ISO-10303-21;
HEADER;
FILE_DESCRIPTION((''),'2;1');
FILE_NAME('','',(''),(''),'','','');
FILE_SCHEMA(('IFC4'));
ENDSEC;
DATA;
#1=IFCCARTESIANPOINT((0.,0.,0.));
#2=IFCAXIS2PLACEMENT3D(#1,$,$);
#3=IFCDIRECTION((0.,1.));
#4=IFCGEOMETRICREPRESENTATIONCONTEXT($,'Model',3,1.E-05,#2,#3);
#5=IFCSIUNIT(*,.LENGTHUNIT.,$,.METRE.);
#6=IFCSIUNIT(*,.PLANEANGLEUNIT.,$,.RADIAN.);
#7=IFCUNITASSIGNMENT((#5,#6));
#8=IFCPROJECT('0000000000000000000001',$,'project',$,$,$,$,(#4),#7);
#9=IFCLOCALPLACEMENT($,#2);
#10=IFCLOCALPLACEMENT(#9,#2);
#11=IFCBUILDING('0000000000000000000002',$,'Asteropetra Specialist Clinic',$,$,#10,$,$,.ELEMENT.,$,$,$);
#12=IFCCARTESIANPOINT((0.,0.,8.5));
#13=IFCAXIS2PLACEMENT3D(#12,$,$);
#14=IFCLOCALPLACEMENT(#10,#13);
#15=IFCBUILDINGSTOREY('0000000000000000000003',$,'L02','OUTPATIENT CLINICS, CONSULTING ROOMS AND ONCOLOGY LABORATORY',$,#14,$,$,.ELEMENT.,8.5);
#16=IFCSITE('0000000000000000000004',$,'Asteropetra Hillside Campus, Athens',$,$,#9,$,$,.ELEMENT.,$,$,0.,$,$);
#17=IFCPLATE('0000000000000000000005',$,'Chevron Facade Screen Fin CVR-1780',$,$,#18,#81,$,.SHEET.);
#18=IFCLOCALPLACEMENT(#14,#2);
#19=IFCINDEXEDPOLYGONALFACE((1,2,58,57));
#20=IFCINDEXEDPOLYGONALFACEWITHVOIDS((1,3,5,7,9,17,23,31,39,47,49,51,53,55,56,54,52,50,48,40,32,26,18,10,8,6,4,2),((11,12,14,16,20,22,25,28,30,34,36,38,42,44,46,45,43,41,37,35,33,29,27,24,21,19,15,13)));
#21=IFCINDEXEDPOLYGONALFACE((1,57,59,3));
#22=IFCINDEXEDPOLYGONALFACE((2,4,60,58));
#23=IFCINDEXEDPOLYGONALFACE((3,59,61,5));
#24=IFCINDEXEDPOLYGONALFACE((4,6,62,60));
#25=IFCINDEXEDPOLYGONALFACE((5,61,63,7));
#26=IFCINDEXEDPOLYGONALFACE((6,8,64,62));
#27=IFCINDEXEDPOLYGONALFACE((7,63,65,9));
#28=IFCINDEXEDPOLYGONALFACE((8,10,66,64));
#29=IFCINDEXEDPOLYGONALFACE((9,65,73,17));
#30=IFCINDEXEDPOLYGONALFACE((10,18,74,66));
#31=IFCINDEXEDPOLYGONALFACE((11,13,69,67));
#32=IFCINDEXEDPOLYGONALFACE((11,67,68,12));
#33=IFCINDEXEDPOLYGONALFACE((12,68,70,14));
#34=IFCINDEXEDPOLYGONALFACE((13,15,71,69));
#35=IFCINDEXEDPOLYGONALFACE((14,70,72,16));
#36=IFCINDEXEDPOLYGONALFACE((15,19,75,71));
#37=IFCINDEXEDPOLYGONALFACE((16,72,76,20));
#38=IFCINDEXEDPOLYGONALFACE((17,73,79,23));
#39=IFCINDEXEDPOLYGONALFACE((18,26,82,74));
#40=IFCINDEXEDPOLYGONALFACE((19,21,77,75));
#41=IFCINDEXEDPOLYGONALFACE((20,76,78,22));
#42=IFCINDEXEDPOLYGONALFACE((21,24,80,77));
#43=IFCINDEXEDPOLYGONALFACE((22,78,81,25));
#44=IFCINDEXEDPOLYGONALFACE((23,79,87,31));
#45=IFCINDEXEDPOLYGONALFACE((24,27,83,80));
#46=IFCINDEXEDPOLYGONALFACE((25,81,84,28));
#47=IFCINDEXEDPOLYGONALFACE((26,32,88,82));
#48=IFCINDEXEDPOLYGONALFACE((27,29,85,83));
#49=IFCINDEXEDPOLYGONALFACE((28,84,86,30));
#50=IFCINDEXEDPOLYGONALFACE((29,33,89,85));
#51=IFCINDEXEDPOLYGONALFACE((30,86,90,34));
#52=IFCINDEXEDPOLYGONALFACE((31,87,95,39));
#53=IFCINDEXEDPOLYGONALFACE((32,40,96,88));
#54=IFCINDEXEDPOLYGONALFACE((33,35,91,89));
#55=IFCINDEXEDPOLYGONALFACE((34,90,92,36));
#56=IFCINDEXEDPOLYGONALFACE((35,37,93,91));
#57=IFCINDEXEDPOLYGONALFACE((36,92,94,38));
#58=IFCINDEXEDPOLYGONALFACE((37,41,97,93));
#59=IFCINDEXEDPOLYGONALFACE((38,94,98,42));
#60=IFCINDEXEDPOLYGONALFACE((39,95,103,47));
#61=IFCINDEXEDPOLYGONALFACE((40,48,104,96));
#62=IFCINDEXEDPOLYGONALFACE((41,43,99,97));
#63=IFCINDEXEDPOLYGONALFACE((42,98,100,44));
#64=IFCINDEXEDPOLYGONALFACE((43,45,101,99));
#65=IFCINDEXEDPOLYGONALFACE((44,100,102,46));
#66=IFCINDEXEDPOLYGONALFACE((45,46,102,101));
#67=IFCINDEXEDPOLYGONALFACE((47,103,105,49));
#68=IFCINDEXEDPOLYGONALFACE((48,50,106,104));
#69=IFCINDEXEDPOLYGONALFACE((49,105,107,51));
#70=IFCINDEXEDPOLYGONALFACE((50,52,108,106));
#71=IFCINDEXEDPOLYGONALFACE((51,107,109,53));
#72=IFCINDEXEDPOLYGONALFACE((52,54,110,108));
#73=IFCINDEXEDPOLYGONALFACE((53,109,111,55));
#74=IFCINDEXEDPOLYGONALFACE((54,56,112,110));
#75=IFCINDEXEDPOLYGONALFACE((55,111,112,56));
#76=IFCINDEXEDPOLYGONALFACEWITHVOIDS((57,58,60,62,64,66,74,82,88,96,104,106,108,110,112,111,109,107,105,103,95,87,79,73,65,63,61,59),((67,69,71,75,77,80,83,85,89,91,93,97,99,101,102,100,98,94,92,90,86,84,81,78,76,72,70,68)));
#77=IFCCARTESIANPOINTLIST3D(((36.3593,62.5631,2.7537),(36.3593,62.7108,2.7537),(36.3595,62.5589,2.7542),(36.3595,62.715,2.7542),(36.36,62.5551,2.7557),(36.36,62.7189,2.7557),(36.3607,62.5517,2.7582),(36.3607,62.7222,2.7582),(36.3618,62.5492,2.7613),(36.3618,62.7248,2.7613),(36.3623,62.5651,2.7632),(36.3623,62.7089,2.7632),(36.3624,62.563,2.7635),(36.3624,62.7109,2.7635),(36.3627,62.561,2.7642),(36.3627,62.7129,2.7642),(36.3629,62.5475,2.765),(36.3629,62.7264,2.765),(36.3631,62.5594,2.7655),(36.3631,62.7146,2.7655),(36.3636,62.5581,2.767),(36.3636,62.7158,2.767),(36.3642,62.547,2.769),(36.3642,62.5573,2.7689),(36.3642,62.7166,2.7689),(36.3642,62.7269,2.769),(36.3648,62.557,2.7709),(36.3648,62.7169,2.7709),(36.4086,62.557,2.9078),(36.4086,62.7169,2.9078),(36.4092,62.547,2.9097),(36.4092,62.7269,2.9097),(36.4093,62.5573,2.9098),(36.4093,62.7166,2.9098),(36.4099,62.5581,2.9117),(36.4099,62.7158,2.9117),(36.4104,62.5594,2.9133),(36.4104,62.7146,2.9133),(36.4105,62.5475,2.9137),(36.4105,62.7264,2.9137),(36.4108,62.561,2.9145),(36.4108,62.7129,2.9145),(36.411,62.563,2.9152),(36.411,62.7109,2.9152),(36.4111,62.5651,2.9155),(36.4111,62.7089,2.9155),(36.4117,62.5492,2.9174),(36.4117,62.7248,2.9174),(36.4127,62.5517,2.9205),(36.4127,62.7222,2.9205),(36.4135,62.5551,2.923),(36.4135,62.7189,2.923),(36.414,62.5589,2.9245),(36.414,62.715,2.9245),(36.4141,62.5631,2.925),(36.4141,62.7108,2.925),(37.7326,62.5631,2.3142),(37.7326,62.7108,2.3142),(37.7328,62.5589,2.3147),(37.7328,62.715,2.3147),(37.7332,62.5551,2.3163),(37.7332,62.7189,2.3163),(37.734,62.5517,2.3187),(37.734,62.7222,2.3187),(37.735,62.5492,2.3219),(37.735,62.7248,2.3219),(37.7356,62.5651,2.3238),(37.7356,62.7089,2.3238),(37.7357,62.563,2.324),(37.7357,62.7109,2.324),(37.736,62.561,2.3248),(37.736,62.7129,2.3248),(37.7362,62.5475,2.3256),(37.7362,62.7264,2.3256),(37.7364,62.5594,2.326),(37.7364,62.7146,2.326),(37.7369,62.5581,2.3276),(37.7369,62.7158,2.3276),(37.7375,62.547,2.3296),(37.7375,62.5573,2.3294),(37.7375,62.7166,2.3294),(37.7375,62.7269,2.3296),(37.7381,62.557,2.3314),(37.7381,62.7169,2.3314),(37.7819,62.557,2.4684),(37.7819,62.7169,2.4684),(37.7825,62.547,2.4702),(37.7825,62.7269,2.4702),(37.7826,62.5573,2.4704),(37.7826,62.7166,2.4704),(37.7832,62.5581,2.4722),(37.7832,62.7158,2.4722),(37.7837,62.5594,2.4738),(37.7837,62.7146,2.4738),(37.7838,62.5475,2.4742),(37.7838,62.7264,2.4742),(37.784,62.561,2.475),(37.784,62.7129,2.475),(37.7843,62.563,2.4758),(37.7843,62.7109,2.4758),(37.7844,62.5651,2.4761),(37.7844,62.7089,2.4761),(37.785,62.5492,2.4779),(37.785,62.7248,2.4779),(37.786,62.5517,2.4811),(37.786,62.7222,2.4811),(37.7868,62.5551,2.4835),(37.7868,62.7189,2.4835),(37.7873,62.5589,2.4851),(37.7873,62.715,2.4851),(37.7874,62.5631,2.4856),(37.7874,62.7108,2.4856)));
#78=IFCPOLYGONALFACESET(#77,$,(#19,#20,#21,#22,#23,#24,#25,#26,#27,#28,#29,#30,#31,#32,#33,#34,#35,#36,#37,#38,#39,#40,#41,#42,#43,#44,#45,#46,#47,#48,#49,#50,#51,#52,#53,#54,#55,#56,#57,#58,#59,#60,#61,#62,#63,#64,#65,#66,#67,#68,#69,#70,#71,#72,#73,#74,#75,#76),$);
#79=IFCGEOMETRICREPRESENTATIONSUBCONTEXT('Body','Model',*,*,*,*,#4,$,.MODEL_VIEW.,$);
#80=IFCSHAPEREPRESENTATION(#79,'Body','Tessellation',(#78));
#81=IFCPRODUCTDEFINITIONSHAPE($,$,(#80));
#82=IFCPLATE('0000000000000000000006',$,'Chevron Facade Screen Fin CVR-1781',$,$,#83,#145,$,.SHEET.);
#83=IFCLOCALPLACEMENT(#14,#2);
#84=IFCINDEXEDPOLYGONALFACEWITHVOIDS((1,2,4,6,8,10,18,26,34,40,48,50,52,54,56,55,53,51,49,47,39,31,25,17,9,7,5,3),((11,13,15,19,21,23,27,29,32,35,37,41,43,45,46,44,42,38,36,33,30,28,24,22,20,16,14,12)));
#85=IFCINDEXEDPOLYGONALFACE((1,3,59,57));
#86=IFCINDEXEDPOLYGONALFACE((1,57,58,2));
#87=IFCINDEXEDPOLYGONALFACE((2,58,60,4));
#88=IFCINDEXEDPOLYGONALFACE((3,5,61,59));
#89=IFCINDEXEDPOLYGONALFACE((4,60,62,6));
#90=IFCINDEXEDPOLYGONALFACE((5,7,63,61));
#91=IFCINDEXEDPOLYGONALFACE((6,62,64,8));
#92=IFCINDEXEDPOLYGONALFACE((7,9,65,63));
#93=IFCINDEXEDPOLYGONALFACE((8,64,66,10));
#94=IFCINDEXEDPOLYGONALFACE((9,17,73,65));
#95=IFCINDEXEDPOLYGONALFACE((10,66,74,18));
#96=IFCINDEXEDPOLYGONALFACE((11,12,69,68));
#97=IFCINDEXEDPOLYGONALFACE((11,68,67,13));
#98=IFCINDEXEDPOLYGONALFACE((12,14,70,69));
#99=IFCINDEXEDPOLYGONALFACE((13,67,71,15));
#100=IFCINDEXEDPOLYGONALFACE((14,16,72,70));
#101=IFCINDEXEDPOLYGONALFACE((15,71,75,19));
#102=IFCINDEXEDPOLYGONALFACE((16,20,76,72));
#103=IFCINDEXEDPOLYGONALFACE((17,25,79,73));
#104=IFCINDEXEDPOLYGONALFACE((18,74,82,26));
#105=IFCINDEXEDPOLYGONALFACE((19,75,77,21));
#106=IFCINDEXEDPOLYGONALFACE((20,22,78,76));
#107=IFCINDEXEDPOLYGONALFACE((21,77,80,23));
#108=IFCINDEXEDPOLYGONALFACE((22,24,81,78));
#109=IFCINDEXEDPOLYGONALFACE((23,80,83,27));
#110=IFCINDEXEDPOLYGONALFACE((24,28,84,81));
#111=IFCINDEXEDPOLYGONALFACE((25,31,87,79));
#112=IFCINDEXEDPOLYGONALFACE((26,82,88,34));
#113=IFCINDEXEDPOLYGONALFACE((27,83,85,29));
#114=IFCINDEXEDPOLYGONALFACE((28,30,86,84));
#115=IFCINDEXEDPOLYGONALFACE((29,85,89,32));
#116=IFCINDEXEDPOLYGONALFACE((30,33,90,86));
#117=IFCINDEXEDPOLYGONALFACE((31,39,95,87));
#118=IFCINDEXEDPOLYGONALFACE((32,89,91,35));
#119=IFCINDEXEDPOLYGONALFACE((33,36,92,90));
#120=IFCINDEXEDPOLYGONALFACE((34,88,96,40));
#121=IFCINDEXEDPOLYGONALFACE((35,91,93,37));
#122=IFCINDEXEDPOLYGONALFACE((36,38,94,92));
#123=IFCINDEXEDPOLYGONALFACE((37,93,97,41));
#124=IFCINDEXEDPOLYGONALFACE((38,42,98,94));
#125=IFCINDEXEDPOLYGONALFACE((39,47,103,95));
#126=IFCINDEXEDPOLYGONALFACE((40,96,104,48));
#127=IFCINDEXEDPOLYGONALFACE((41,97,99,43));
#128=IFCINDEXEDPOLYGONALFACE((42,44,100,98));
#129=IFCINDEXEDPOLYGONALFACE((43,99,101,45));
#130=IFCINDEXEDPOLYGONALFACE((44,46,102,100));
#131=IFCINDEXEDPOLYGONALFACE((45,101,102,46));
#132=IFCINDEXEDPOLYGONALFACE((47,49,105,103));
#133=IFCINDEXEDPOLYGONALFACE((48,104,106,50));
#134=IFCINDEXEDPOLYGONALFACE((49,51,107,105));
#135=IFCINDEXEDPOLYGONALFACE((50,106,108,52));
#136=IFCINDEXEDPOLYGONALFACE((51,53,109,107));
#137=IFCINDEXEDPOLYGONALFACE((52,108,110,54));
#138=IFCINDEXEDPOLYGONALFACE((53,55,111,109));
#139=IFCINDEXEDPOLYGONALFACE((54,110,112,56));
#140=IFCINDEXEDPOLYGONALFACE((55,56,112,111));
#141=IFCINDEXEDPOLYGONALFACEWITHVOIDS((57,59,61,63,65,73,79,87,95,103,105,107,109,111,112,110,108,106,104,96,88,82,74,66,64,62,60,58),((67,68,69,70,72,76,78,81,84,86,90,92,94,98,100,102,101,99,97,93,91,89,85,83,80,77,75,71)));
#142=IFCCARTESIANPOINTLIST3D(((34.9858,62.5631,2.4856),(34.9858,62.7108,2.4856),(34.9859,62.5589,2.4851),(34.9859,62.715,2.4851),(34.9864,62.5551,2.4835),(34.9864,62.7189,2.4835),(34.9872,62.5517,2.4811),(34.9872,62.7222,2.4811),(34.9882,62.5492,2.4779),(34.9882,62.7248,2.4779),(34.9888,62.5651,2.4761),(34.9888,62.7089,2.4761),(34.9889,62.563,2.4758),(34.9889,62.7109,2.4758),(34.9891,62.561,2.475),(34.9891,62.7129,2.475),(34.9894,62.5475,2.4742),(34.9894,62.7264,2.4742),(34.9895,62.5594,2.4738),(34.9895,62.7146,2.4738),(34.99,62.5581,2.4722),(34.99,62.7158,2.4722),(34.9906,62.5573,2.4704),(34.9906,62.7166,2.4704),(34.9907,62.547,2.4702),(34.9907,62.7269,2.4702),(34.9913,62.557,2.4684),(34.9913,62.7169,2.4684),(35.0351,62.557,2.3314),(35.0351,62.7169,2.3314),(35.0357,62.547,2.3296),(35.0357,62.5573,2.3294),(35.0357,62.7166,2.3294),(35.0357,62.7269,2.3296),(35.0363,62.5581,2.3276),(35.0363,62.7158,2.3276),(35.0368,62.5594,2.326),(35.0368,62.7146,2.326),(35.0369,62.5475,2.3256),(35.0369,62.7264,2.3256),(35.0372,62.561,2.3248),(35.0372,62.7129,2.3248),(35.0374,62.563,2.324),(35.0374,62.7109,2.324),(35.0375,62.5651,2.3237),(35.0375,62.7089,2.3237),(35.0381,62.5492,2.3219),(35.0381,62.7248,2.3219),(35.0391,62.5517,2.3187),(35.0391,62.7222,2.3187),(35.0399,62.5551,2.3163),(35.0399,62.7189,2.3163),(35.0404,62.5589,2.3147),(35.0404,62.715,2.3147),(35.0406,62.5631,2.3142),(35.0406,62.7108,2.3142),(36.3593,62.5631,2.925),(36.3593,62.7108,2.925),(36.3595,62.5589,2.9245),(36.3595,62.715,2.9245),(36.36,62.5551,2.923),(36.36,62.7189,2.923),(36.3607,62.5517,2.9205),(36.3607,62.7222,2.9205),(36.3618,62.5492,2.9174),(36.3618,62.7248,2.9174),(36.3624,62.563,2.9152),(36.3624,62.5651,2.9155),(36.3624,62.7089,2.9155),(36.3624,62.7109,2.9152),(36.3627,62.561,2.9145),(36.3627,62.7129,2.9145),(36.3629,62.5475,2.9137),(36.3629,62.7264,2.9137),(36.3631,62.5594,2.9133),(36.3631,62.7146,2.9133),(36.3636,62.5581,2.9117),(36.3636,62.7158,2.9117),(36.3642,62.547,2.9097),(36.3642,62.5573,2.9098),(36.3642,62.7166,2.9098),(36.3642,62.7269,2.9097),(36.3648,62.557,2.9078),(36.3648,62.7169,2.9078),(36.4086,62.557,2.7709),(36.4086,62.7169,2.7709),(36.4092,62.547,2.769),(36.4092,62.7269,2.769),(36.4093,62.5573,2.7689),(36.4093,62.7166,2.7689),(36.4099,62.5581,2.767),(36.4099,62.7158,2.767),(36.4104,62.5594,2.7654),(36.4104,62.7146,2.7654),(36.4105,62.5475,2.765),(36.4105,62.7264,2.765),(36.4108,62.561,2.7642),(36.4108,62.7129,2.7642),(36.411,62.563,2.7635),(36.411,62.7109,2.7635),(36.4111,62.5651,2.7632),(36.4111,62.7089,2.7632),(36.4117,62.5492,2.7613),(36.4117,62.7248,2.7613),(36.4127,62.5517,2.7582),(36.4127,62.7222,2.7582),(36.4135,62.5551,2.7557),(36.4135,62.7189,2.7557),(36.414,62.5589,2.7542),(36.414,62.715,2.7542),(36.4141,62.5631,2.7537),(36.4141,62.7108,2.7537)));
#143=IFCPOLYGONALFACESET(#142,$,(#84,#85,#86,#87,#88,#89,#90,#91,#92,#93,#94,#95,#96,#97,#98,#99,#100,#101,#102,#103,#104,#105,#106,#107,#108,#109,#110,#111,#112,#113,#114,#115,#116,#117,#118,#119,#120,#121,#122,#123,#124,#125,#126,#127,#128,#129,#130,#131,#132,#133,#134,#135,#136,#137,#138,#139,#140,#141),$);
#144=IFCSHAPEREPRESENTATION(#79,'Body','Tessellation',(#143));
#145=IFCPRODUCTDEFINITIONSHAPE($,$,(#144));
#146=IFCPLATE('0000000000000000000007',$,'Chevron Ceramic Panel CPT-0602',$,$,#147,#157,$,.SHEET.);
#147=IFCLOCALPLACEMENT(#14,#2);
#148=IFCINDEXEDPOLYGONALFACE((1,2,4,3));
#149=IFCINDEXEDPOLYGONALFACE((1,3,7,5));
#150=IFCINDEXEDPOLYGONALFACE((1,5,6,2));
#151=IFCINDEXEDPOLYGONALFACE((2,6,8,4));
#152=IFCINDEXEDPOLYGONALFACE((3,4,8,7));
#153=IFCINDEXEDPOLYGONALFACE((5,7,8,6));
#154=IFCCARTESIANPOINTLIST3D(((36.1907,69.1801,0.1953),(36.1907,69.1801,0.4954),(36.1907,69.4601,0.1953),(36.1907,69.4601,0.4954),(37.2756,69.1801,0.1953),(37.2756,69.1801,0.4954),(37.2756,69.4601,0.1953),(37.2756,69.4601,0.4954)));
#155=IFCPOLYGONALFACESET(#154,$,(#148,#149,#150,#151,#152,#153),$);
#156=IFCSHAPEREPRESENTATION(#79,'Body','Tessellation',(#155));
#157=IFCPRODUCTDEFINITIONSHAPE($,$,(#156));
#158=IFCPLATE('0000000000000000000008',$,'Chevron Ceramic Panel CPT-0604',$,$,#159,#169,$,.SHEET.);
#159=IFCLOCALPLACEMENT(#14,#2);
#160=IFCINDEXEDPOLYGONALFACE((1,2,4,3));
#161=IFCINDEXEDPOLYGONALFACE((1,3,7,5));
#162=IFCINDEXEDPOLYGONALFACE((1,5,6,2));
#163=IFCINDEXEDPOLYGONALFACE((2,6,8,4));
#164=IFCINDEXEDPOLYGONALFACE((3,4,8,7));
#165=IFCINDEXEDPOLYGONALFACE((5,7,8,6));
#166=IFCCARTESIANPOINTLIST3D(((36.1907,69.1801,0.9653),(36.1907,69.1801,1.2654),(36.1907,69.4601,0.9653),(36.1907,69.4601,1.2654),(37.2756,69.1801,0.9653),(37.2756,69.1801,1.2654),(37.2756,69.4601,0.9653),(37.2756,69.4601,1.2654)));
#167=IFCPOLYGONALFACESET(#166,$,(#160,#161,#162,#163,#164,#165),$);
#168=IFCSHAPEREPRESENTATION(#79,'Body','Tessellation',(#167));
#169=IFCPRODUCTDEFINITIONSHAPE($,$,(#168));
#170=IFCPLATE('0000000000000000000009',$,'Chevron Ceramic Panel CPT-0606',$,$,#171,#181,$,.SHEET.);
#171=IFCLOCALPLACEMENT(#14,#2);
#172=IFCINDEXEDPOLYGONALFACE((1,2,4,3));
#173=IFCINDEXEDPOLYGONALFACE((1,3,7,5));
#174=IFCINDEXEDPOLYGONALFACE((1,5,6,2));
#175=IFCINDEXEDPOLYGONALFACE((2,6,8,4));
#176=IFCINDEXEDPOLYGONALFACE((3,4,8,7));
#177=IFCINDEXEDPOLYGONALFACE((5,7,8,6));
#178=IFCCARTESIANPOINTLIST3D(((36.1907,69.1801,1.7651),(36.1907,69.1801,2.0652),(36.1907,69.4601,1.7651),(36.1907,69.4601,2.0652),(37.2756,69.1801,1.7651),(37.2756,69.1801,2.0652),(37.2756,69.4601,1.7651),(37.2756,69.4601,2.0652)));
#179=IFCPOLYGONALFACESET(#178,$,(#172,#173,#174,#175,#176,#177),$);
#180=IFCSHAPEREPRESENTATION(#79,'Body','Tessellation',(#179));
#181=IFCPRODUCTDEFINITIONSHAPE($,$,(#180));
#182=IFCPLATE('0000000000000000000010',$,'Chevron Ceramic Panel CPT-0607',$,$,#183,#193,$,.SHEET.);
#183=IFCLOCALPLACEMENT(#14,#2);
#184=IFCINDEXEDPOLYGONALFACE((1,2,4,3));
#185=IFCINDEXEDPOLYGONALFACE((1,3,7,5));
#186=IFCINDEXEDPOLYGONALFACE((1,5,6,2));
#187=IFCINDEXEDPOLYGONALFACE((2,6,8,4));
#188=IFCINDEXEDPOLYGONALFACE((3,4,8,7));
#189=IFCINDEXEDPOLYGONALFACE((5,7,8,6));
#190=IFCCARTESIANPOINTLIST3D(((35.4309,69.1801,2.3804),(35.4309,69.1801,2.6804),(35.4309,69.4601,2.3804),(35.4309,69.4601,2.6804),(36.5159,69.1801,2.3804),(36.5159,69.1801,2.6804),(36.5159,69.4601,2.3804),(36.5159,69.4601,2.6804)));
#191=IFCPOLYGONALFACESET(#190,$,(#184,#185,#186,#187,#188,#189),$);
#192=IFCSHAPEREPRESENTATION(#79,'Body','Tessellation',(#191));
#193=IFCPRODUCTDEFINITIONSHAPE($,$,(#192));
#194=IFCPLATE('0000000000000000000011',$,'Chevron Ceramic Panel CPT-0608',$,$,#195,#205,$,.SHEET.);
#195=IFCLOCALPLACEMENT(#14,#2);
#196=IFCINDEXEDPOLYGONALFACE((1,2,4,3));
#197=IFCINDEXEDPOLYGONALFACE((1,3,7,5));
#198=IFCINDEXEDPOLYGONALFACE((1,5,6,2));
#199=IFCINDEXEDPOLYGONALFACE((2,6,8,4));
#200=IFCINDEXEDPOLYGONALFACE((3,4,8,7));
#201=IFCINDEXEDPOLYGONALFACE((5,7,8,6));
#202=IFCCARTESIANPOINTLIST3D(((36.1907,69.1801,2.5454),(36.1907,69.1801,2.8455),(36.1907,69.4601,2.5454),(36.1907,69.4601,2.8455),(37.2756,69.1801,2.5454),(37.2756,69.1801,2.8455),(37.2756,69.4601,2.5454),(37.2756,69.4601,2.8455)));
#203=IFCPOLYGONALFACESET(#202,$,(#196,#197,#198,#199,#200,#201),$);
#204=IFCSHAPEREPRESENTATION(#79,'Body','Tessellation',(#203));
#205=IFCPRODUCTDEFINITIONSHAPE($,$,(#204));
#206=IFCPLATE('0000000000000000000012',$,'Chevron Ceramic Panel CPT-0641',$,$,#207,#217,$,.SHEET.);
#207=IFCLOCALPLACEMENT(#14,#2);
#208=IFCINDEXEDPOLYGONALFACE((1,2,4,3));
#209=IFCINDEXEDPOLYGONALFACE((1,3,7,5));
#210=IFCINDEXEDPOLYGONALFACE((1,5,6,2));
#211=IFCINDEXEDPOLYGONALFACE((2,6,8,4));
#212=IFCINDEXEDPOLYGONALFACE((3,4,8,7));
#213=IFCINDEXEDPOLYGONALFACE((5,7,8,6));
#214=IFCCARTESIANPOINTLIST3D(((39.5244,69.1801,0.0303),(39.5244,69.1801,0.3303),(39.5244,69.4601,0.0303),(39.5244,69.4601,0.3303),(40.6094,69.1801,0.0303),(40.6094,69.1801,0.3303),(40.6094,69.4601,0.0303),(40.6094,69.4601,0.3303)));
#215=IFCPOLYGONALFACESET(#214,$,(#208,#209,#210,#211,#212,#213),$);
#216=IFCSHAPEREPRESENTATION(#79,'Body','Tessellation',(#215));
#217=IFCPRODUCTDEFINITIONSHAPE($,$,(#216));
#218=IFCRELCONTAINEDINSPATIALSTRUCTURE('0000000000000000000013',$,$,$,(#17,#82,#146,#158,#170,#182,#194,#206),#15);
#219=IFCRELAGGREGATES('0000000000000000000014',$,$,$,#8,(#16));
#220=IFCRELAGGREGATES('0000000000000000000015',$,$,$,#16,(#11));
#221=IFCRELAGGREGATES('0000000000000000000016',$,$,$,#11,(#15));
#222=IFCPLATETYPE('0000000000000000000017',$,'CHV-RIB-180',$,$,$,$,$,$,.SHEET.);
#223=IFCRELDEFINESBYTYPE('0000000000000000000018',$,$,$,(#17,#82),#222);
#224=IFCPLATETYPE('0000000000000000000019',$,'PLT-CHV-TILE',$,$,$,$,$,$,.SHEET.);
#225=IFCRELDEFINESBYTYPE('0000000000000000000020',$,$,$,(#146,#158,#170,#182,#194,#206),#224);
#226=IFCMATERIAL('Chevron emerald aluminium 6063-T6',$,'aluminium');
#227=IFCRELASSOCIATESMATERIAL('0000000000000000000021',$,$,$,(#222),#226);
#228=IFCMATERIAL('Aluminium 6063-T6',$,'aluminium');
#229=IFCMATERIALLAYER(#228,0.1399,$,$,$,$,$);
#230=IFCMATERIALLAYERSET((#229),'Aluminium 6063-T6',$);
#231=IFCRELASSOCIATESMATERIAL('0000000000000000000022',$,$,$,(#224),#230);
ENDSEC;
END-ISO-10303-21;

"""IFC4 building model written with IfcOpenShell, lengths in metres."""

from ifc_helpers import new_model, si_unit, direction, frame, origin, origin_2d, place, context, subcontext, project, spatial, rectangle, hollow_rectangle, extrude, material, layer, layer_set, material_profile, profile_set, type_object, element, save


model = new_model("IFC4")

# Units and contexts
model_context = context("Model", 3, precision=1e-05, world=origin(), true_north=direction((0.0, 1.0)))
body_context = subcontext(model_context, "Body", "Model", "MODEL_VIEW")
ifc_project = project(units=[si_unit("LENGTHUNIT", "METRE"), si_unit("PLANEANGLEUNIT", "RADIAN")], contexts=[model_context])

# Site, building, storey
site_placement = place(None, origin())
site = spatial("IfcSite", under=ifc_project, at=site_placement, Name="Asteropetra Hillside Campus, Athens", CompositionType="ELEMENT", RefElevation=0.0)
building_placement = place(site_placement, origin())
building = spatial("IfcBuilding", under=site, at=building_placement, Name="Asteropetra Specialist Clinic", CompositionType="ELEMENT")
storey_placement = place(building_placement, frame((0.0, 0.0, 8.5)))
storey = spatial("IfcBuildingStorey", under=building, at=storey_placement, Name="L02", Description="OUTPATIENT CLINICS, CONSULTING ROOMS AND ONCOLOGY LABORATORY", CompositionType="ELEMENT", Elevation=8.5)

# Plates
ifc_material_1 = material(Name="Chevron emerald aluminium 6063-T6", Category="aluminium")
ifc_material_profile = material_profile(ifc_material_1, hollow_rectangle(XDim=0.1799, YDim=0.1799, WallThickness=0.01, InnerFilletRadius=0.0081, OuterFilletRadius=0.0161, at=origin_2d()), Name="SHS 180x180x10.0")
ifc_profile_set = profile_set([ifc_material_profile], Name="Chevron emerald aluminium 6063-T6")
plate_type_1 = type_object("IfcPlateType", Name="CHV-RIB-180", PredefinedType="SHEET", material=ifc_profile_set)
plate_1_placement = place(storey_placement, frame((37.76, 62.637, 2.3999), z_axis=(-0.952424, 0.0, 0.304776), x_axis=(0.0, -1.0, 0.0)))
element("IfcPlate", 1, at=plate_1_placement, inside=storey, type_object=plate_type_1, Name="Chevron Facade Screen Fin CVR-1780", PredefinedType="SHEET", context=body_context, shape_type="SweptSolid", body=[
    extrude(hollow_rectangle(XDim=0.1799, YDim=0.1799, WallThickness=0.01, InnerFilletRadius=0.0081, OuterFilletRadius=0.0161, at=origin_2d()), origin(), (0.0, 0.0, 1.0), 1.4419),
])
plate_2_placement = place(storey_placement, frame((36.3867, 62.637, 2.8394), z_axis=(-0.95244, 0.0, -0.304727), x_axis=(0.0, -1.0, 0.0)))
element("IfcPlate", 2, at=plate_2_placement, inside=storey, type_object=plate_type_1, Name="Chevron Facade Screen Fin CVR-1781", PredefinedType="SHEET", context=body_context, shape_type="SweptSolid", body=[
    extrude(hollow_rectangle(XDim=0.1799, YDim=0.1799, WallThickness=0.01, InnerFilletRadius=0.0081, OuterFilletRadius=0.0161, at=origin_2d()), origin(), (0.0, 0.0, 1.0), 1.4421),
])
ifc_material_2 = material(Name="Aluminium 6063-T6", Category="aluminium")
ifc_layer_1 = layer(ifc_material_2, 0.1399)
ifc_layer_set_1 = layer_set([ifc_layer_1], Name="Aluminium 6063-T6")
plate_type_2 = type_object("IfcPlateType", Name="PLT-CHV-TILE", PredefinedType="SHEET", material=ifc_layer_set_1)
for number, where, z_axis, x_axis, name in (
    (3, (36.7332, 69.3201, 0.1953), (0.0, 0.0, 1.0), (1.0, 0.0, 0.0), "Chevron Ceramic Panel CPT-0602"),
    (4, (36.7332, 69.3201, 0.9653), (0.0, 0.0, 1.0), (1.0, 0.0, 0.0), "Chevron Ceramic Panel CPT-0604"),
    (5, (36.7332, 69.3201, 1.7651), (0.0, 0.0, 1.0), (1.0, 0.0, 0.0), "Chevron Ceramic Panel CPT-0606"),
    (6, (35.9734, 69.3201, 2.3804), (0.0, 0.0, 1.0), (1.0, 0.0, 0.0), "Chevron Ceramic Panel CPT-0607"),
    (7, (36.7332, 69.3201, 2.5454), (0.0, 0.0, 1.0), (1.0, 0.0, 0.0), "Chevron Ceramic Panel CPT-0608"),
    (8, (40.0669, 69.3201, 0.0303), (0.0, 0.0, 1.0), (1.0, 0.0, 0.0), "Chevron Ceramic Panel CPT-0641"),
):
    element("IfcPlate", number, at=place(storey_placement, frame(where, z_axis=z_axis, x_axis=x_axis)), inside=storey, type_object=plate_type_2, Name=name, PredefinedType="SHEET", context=body_context, shape_type="SweptSolid", body=[
        extrude(rectangle(XDim=1.085, YDim=0.28, at=origin_2d()), origin(), (0.0, 0.0, 1.0), 0.3),
    ])

save(model, "model.ifc")
